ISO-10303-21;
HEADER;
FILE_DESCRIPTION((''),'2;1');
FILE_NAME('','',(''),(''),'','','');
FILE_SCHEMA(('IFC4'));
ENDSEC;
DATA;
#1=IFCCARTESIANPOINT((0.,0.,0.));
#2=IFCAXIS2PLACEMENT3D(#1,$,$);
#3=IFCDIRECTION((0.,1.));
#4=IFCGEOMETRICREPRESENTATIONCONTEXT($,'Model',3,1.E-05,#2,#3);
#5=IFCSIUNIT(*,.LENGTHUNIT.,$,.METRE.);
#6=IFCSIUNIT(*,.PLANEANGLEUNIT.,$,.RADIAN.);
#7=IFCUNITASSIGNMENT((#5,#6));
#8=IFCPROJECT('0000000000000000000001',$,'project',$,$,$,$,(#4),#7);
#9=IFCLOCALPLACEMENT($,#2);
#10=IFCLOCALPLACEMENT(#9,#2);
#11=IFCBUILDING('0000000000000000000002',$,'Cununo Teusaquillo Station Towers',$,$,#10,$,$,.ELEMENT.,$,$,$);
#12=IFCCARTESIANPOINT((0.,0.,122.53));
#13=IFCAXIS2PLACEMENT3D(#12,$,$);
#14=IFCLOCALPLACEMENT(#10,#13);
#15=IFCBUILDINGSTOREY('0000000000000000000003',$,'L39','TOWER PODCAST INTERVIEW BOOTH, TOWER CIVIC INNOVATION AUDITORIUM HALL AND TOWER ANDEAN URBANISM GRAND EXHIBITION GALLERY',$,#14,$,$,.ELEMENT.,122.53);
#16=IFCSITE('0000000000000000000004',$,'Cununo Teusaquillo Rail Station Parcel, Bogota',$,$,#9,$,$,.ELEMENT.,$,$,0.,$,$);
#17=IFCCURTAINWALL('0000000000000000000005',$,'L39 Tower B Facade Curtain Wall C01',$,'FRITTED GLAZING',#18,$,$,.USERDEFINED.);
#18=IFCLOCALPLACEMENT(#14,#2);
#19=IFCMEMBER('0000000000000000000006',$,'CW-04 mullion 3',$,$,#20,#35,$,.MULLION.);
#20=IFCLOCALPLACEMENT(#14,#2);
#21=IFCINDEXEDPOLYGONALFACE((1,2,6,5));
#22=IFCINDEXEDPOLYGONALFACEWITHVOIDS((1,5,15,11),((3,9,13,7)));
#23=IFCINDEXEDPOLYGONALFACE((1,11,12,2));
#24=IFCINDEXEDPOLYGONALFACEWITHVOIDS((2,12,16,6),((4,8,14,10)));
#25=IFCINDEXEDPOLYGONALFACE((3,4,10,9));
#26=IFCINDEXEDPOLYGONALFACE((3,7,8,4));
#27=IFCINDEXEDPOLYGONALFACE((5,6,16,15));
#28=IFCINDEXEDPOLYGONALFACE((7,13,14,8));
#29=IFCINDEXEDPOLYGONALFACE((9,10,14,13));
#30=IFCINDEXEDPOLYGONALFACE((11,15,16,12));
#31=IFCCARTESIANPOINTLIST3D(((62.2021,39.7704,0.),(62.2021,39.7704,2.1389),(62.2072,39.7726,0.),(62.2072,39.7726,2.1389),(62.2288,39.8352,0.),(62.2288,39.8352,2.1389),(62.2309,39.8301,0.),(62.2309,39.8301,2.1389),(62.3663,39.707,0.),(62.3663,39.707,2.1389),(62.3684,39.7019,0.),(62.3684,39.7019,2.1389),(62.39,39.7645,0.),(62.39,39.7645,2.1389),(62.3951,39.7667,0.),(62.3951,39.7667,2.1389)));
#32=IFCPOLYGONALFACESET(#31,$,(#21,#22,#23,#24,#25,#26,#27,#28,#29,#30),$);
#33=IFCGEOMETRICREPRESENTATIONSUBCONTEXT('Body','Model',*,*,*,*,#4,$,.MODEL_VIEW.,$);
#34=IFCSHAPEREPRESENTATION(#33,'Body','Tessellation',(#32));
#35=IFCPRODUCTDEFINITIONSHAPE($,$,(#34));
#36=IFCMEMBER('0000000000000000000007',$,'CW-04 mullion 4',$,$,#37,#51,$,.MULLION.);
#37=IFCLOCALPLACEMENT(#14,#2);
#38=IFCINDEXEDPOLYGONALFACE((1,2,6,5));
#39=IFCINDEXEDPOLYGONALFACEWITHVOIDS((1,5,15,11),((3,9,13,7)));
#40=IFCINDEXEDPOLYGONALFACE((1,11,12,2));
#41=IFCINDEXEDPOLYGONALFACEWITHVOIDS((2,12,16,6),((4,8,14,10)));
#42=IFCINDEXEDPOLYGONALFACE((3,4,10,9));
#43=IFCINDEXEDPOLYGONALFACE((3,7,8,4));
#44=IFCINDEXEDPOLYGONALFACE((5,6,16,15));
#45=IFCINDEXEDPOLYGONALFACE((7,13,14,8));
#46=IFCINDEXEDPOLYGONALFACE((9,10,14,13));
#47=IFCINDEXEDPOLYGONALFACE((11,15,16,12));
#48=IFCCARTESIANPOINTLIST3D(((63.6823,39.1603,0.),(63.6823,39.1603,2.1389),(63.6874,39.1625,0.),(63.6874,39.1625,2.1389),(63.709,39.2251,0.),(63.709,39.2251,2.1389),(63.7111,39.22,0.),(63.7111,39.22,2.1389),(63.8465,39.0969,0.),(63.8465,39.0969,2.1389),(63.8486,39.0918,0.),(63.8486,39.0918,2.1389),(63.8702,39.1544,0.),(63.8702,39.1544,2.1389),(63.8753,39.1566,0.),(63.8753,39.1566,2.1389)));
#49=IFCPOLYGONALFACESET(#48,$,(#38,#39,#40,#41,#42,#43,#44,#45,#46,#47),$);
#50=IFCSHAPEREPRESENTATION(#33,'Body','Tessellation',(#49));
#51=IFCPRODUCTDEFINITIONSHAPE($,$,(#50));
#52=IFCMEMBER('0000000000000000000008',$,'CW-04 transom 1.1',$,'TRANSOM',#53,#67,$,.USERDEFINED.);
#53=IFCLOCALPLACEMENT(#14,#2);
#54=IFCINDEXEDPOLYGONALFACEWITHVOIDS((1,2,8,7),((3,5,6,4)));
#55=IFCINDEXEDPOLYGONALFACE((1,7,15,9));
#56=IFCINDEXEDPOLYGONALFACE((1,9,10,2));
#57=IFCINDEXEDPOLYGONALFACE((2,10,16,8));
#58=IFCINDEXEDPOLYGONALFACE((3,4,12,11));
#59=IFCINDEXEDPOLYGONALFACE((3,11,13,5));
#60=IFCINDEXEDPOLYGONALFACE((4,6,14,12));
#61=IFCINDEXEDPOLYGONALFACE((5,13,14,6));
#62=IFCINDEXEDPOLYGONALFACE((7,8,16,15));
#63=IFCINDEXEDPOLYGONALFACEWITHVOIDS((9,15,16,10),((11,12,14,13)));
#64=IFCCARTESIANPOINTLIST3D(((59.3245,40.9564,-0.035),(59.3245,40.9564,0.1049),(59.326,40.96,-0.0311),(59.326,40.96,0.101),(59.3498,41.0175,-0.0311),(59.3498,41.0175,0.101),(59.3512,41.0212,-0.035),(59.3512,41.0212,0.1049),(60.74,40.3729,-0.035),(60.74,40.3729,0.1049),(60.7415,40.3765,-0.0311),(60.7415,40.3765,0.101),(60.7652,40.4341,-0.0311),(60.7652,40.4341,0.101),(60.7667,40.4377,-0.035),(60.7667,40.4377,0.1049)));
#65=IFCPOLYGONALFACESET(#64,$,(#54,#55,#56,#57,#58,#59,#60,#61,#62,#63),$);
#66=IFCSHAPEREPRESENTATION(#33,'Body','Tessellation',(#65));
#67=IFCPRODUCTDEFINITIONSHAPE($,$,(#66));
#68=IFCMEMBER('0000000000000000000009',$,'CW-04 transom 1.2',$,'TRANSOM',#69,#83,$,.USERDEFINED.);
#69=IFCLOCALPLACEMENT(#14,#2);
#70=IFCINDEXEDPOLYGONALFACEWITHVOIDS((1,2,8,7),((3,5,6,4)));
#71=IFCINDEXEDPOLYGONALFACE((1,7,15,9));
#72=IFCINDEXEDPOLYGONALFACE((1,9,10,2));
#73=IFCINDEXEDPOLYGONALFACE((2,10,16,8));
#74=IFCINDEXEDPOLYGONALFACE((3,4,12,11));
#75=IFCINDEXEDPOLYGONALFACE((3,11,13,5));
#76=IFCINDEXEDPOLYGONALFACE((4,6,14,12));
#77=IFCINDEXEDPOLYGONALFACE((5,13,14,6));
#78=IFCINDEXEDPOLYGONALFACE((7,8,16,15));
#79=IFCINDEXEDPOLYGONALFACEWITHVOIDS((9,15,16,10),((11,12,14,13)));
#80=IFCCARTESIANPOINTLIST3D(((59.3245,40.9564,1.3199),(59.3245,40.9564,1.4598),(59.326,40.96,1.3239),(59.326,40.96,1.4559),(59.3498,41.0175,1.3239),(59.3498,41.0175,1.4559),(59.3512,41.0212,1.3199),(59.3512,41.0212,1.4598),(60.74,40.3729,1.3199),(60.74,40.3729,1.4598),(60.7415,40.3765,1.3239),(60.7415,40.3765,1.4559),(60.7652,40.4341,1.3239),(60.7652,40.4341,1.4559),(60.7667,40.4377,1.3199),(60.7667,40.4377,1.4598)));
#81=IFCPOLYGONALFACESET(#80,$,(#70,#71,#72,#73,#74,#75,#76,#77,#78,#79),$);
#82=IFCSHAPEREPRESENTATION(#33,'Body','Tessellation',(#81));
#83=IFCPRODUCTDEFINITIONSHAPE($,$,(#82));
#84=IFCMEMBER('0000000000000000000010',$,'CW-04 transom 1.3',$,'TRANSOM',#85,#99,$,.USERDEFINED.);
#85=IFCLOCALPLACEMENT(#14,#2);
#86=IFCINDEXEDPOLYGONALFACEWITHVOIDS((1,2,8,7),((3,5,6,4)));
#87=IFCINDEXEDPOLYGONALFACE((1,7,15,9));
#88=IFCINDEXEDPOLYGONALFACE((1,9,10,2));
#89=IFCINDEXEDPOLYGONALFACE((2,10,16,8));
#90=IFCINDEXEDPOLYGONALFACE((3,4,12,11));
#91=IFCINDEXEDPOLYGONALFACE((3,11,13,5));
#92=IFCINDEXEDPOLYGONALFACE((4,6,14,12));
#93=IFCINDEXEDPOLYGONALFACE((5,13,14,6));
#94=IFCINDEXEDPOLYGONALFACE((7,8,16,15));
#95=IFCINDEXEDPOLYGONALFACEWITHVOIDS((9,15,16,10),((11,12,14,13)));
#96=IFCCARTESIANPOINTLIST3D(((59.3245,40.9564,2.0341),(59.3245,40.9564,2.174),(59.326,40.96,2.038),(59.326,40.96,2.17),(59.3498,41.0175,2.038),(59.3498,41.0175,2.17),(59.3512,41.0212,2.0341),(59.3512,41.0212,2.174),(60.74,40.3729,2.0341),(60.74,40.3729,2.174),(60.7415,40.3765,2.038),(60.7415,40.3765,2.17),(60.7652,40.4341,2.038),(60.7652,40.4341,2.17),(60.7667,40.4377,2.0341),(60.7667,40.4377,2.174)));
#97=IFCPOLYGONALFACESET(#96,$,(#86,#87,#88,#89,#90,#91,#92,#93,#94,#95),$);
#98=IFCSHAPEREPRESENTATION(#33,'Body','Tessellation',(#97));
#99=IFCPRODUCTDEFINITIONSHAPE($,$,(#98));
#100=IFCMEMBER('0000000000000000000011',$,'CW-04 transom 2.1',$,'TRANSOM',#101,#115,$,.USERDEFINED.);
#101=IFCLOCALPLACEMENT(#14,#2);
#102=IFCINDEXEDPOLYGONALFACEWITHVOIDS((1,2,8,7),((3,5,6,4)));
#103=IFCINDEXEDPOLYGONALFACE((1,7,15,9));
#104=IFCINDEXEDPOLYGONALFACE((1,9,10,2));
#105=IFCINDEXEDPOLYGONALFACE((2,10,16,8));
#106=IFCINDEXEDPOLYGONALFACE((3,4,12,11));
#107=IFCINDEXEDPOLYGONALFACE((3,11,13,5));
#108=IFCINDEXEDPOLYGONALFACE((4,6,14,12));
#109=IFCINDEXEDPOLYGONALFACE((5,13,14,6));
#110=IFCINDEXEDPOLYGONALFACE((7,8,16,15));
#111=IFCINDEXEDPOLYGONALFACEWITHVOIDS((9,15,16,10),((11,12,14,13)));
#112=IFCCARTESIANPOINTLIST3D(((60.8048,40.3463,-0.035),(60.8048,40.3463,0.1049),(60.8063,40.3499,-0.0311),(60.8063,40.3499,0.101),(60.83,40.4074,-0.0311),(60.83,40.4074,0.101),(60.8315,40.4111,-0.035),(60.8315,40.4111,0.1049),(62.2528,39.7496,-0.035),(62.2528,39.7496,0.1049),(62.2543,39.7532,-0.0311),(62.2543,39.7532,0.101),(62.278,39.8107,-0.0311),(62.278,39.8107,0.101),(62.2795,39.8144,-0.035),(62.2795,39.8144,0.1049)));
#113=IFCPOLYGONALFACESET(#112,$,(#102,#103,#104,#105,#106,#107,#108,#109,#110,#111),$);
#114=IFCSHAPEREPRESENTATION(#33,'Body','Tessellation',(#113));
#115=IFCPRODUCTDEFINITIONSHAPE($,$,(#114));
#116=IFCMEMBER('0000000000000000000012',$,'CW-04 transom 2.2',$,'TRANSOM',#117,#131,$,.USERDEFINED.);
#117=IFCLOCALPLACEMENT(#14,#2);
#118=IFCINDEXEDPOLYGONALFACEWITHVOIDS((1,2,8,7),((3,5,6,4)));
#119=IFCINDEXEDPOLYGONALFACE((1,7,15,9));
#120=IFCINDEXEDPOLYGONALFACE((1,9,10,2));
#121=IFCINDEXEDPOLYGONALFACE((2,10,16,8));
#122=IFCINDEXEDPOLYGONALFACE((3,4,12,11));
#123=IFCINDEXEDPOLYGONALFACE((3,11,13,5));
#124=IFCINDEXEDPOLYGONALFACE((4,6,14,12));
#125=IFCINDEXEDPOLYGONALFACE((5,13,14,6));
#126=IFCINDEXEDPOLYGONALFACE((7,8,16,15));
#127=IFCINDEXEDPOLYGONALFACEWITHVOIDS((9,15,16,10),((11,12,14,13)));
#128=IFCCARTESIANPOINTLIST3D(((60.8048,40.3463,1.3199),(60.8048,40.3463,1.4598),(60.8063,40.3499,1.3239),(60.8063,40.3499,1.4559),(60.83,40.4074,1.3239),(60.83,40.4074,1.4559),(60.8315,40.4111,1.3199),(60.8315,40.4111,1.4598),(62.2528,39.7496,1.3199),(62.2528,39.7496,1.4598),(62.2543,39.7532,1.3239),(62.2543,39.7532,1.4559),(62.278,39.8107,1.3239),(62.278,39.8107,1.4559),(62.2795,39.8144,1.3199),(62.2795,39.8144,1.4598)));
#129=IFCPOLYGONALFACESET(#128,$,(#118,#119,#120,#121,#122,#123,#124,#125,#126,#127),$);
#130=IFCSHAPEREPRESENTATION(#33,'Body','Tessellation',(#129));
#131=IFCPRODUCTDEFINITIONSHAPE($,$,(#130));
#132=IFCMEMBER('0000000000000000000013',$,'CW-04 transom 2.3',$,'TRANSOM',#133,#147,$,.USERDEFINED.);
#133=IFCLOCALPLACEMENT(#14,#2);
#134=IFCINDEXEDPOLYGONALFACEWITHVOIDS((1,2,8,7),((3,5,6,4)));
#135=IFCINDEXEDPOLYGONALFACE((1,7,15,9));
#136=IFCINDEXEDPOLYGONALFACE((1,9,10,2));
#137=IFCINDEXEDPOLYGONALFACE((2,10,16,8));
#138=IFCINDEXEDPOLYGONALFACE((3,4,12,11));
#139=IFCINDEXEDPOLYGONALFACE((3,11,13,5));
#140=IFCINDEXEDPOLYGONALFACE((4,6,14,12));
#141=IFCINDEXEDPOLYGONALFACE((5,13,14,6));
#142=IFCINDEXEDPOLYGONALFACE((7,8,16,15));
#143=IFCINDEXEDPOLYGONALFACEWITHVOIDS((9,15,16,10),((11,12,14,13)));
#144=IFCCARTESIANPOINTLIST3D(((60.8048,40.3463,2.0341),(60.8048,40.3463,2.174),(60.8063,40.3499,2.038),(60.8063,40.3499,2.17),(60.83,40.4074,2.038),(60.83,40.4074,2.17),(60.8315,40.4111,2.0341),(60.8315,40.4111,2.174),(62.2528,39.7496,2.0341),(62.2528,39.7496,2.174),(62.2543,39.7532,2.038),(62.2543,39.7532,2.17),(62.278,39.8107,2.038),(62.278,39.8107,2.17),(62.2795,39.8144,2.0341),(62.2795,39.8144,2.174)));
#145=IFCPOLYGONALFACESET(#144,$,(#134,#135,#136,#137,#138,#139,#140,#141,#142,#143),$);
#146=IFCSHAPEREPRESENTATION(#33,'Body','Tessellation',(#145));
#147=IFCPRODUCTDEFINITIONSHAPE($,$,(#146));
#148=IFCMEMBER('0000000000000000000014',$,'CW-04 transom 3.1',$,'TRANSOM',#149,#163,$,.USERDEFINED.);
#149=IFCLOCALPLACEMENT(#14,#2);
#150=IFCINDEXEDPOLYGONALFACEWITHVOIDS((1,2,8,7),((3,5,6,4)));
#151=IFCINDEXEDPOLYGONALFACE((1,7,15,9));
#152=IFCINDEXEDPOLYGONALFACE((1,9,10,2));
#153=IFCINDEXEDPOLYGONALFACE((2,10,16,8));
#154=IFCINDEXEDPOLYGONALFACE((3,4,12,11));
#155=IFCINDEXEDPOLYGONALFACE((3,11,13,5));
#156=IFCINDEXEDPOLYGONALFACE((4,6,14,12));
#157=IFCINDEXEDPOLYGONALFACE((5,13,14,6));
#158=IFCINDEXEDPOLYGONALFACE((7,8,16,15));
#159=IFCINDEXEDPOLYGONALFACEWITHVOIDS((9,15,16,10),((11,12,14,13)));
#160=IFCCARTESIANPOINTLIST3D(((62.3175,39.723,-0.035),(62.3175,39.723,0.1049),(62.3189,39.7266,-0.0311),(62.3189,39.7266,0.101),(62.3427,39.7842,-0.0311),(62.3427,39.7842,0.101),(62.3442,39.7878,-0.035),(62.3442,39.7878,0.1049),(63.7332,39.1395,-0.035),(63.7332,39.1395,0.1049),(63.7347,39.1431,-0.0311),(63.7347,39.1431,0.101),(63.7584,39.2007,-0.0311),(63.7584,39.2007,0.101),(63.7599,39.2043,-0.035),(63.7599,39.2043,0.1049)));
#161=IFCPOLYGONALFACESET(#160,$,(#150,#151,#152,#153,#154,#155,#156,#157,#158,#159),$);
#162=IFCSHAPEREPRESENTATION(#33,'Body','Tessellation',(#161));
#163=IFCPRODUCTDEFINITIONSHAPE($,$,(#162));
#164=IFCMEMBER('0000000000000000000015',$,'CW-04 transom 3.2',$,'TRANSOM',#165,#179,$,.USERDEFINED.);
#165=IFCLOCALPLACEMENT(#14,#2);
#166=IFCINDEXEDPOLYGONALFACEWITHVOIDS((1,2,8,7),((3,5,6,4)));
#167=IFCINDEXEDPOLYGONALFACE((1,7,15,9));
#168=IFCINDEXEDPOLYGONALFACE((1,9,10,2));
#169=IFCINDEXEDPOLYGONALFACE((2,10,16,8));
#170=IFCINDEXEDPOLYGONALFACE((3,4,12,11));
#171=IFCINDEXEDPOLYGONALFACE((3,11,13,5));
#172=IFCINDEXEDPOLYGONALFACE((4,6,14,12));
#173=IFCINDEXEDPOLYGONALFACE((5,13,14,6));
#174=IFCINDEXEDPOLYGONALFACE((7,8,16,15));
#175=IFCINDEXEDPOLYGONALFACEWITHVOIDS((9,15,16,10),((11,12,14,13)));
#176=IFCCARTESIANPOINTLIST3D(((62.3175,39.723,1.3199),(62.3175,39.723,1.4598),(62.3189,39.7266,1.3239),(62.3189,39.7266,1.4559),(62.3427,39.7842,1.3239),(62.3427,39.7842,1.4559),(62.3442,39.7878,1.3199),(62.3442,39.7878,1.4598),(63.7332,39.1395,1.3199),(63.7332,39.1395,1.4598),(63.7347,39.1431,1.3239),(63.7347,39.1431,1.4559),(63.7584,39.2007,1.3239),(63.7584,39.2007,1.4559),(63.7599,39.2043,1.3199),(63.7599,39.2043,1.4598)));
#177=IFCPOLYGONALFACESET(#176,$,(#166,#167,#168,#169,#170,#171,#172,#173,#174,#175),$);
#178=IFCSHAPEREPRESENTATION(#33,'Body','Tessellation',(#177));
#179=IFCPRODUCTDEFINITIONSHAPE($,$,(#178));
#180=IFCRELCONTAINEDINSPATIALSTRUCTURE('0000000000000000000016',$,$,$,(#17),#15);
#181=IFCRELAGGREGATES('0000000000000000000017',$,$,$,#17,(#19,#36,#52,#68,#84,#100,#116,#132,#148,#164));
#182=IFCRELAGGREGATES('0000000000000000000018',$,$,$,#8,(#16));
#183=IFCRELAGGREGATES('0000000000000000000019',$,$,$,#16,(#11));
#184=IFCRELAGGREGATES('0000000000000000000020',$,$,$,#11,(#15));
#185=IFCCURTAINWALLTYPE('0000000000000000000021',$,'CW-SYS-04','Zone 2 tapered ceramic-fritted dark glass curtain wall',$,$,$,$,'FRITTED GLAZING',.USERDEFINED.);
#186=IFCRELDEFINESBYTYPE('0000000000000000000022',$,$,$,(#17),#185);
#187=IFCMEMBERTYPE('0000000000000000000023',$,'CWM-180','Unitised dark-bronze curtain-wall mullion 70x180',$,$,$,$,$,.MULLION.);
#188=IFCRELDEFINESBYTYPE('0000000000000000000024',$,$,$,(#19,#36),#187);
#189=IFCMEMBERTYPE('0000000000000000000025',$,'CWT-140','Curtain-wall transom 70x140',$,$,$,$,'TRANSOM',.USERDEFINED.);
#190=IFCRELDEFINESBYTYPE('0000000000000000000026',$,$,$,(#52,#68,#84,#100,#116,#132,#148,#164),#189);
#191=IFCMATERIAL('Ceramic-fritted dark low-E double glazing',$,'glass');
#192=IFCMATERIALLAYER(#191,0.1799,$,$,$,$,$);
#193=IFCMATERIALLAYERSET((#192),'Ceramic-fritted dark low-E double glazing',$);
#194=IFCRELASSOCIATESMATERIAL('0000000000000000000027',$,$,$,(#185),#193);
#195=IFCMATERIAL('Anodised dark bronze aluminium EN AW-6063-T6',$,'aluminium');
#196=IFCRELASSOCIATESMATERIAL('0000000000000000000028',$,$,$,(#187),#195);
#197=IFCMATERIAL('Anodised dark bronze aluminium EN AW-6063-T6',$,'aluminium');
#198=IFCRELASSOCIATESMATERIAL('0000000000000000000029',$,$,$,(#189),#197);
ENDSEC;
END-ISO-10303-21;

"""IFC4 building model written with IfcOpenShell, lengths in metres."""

from ifc_helpers import new_model, si_unit, direction, frame, origin, origin_2d, place, context, subcontext, project, spatial, hollow_rectangle, extrude, material, layer, layer_set, material_profile, profile_set, type_object, element, aggregate, save


model = new_model("IFC4")

# Units and contexts
model_context = context("Model", 3, precision=1e-05, world=origin(), true_north=direction((0.0, 1.0)))
body_context = subcontext(model_context, "Body", "Model", "MODEL_VIEW")
ifc_project = project(units=[si_unit("LENGTHUNIT", "METRE"), si_unit("PLANEANGLEUNIT", "RADIAN")], contexts=[model_context])

# Site, building, storey
site_placement = place(None, origin())
site = spatial("IfcSite", under=ifc_project, at=site_placement, Name="Cununo Teusaquillo Rail Station Parcel, Bogota", CompositionType="ELEMENT", RefElevation=0.0)
building_placement = place(site_placement, origin())
building = spatial("IfcBuilding", under=site, at=building_placement, Name="Cununo Teusaquillo Station Towers", CompositionType="ELEMENT")
storey_placement = place(building_placement, frame((0.0, 0.0, 122.53)))
storey = spatial("IfcBuildingStorey", under=building, at=storey_placement, Name="L39", Description="TOWER PODCAST INTERVIEW BOOTH, TOWER CIVIC INNOVATION AUDITORIUM HALL AND TOWER ANDEAN URBANISM GRAND EXHIBITION GALLERY", CompositionType="ELEMENT", Elevation=122.53)

# Curtain wall, members
ifc_material_1 = material(Name="Ceramic-fritted dark low-E double glazing", Category="glass")
ifc_layer_1 = layer(ifc_material_1, 0.1799)
ifc_layer_set_1 = layer_set([ifc_layer_1], Name="Ceramic-fritted dark low-E double glazing")
curtain_wall_type = type_object("IfcCurtainWallType", Name="CW-SYS-04", Description="Zone 2 tapered ceramic-fritted dark glass curtain wall", ElementType="FRITTED GLAZING", PredefinedType="USERDEFINED", material=ifc_layer_set_1)
curtain_wall_placement = place(storey_placement, origin())
curtain_wall = element("IfcCurtainWall", 1, at=curtain_wall_placement, inside=storey, type_object=curtain_wall_type, Name="L39 Tower B Facade Curtain Wall C01", ObjectType="FRITTED GLAZING", PredefinedType="USERDEFINED")
ifc_material_2 = material(Name="Anodised dark bronze aluminium EN AW-6063-T6", Category="aluminium")
ifc_material_profile_1 = material_profile(ifc_material_2, hollow_rectangle(XDim=0.0701, YDim=0.1799, WallThickness=0.0039, at=origin_2d()), Name="CW-MULL-70x180")
ifc_profile_set_1 = profile_set([ifc_material_profile_1], Name="Anodised dark bronze aluminium EN AW-6063-T6")
member_type_1 = type_object("IfcMemberType", Name="CWM-180", Description="Unitised dark-bronze curtain-wall mullion 70x180", PredefinedType="MULLION", material=ifc_profile_set_1)
member_1_placement = place(storey_placement, frame((62.2986, 39.7686, 0.0), z_axis=(0.0, 0.0, 1.0), x_axis=(0.381031, 0.924562, 0.0)))
member_1 = element("IfcMember", 2, at=member_1_placement, type_object=member_type_1, Name="CW-04 mullion 3", PredefinedType="MULLION", context=body_context, shape_type="SweptSolid", body=[
    extrude(hollow_rectangle(XDim=0.0701, YDim=0.1799, WallThickness=0.0039, at=origin_2d()), origin(), (0.0, 0.0, 1.0), 2.1389),
])
member_2_placement = place(storey_placement, frame((63.7788, 39.1584, 0.0), z_axis=(0.0, 0.0, 1.0), x_axis=(0.381031, 0.924562, 0.0)))
member_2 = element("IfcMember", 3, at=member_2_placement, type_object=member_type_1, Name="CW-04 mullion 4", PredefinedType="MULLION", context=body_context, shape_type="SweptSolid", body=[
    extrude(hollow_rectangle(XDim=0.0701, YDim=0.1799, WallThickness=0.0039, at=origin_2d()), origin(), (0.0, 0.0, 1.0), 2.1389),
])
ifc_material_3 = material(Name="Anodised dark bronze aluminium EN AW-6063-T6", Category="aluminium")
ifc_material_profile_2 = material_profile(ifc_material_3, hollow_rectangle(XDim=0.0701, YDim=0.1399, WallThickness=0.0039, at=origin_2d()), Name="CW-TRAN-70x140")
ifc_profile_set_2 = profile_set([ifc_material_profile_2], Name="Anodised dark bronze aluminium EN AW-6063-T6")
member_type_2 = type_object("IfcMemberType", Name="CWT-140", Description="Curtain-wall transom 70x140", ElementType="TRANSOM", PredefinedType="USERDEFINED", material=ifc_profile_set_2)
member_3_placement = place(storey_placement, frame((59.3379, 40.9888, 0.0349), z_axis=(0.924533, -0.381103, 0.0), x_axis=(0.381103, 0.924533, 0.0)))
member_3 = element("IfcMember", 4, at=member_3_placement, type_object=member_type_2, Name="CW-04 transom 1.1", ObjectType="TRANSOM", PredefinedType="USERDEFINED", context=body_context, shape_type="SweptSolid", body=[
    extrude(hollow_rectangle(XDim=0.0701, YDim=0.1399, WallThickness=0.0039, at=origin_2d()), origin(), (0.0, 0.0, 1.0), 1.531),
])
member_4_placement = place(storey_placement, frame((59.3379, 40.9888, 1.3899), z_axis=(0.924533, -0.381103, 0.0), x_axis=(0.381103, 0.924533, 0.0)))
member_4 = element("IfcMember", 5, at=member_4_placement, type_object=member_type_2, Name="CW-04 transom 1.2", ObjectType="TRANSOM", PredefinedType="USERDEFINED", context=body_context, shape_type="SweptSolid", body=[
    extrude(hollow_rectangle(XDim=0.0701, YDim=0.1399, WallThickness=0.0039, at=origin_2d()), origin(), (0.0, 0.0, 1.0), 1.531),
])
member_5_placement = place(storey_placement, frame((59.3379, 40.9888, 2.104), z_axis=(0.924533, -0.381103, 0.0), x_axis=(0.381103, 0.924533, 0.0)))
member_5 = element("IfcMember", 6, at=member_5_placement, type_object=member_type_2, Name="CW-04 transom 1.3", ObjectType="TRANSOM", PredefinedType="USERDEFINED", context=body_context, shape_type="SweptSolid", body=[
    extrude(hollow_rectangle(XDim=0.0701, YDim=0.1399, WallThickness=0.0039, at=origin_2d()), origin(), (0.0, 0.0, 1.0), 1.531),
])
member_6_placement = place(storey_placement, frame((60.8181, 40.3787, 0.0349), z_axis=(0.924578, -0.380993, 0.0), x_axis=(0.380993, 0.924578, 0.0)))
member_6 = element("IfcMember", 7, at=member_6_placement, type_object=member_type_2, Name="CW-04 transom 2.1", ObjectType="TRANSOM", PredefinedType="USERDEFINED", context=body_context, shape_type="SweptSolid", body=[
    extrude(hollow_rectangle(XDim=0.0701, YDim=0.1399, WallThickness=0.0039, at=origin_2d()), origin(), (0.0, 0.0, 1.0), 1.5662),
])
member_7_placement = place(storey_placement, frame((60.8181, 40.3787, 1.3899), z_axis=(0.924578, -0.380993, 0.0), x_axis=(0.380993, 0.924578, 0.0)))
member_7 = element("IfcMember", 8, at=member_7_placement, type_object=member_type_2, Name="CW-04 transom 2.2", ObjectType="TRANSOM", PredefinedType="USERDEFINED", context=body_context, shape_type="SweptSolid", body=[
    extrude(hollow_rectangle(XDim=0.0701, YDim=0.1399, WallThickness=0.0039, at=origin_2d()), origin(), (0.0, 0.0, 1.0), 1.5662),
])
member_8_placement = place(storey_placement, frame((60.8181, 40.3787, 2.104), z_axis=(0.924578, -0.380993, 0.0), x_axis=(0.380993, 0.924578, 0.0)))
member_8 = element("IfcMember", 9, at=member_8_placement, type_object=member_type_2, Name="CW-04 transom 2.3", ObjectType="TRANSOM", PredefinedType="USERDEFINED", context=body_context, shape_type="SweptSolid", body=[
    extrude(hollow_rectangle(XDim=0.0701, YDim=0.1399, WallThickness=0.0039, at=origin_2d()), origin(), (0.0, 0.0, 1.0), 1.5662),
])
member_9_placement = place(storey_placement, frame((62.3308, 39.7554, 0.0349), z_axis=(0.924556, -0.381046, 0.0), x_axis=(0.381046, 0.924556, 0.0)))
member_9 = element("IfcMember", 10, at=member_9_placement, type_object=member_type_2, Name="CW-04 transom 3.1", ObjectType="TRANSOM", PredefinedType="USERDEFINED", context=body_context, shape_type="SweptSolid", body=[
    extrude(hollow_rectangle(XDim=0.0701, YDim=0.1399, WallThickness=0.0039, at=origin_2d()), origin(), (0.0, 0.0, 1.0), 1.5312),
])
member_10_placement = place(storey_placement, frame((62.3308, 39.7554, 1.3899), z_axis=(0.924556, -0.381046, 0.0), x_axis=(0.381046, 0.924556, 0.0)))
member_10 = element("IfcMember", 11, at=member_10_placement, type_object=member_type_2, Name="CW-04 transom 3.2", ObjectType="TRANSOM", PredefinedType="USERDEFINED", context=body_context, shape_type="SweptSolid", body=[
    extrude(hollow_rectangle(XDim=0.0701, YDim=0.1399, WallThickness=0.0039, at=origin_2d()), origin(), (0.0, 0.0, 1.0), 1.5312),
])

aggregate(curtain_wall, [member_1, member_2, member_3, member_4, member_5, member_6, member_7, member_8, member_9, member_10])

save(model, "model.ifc")
